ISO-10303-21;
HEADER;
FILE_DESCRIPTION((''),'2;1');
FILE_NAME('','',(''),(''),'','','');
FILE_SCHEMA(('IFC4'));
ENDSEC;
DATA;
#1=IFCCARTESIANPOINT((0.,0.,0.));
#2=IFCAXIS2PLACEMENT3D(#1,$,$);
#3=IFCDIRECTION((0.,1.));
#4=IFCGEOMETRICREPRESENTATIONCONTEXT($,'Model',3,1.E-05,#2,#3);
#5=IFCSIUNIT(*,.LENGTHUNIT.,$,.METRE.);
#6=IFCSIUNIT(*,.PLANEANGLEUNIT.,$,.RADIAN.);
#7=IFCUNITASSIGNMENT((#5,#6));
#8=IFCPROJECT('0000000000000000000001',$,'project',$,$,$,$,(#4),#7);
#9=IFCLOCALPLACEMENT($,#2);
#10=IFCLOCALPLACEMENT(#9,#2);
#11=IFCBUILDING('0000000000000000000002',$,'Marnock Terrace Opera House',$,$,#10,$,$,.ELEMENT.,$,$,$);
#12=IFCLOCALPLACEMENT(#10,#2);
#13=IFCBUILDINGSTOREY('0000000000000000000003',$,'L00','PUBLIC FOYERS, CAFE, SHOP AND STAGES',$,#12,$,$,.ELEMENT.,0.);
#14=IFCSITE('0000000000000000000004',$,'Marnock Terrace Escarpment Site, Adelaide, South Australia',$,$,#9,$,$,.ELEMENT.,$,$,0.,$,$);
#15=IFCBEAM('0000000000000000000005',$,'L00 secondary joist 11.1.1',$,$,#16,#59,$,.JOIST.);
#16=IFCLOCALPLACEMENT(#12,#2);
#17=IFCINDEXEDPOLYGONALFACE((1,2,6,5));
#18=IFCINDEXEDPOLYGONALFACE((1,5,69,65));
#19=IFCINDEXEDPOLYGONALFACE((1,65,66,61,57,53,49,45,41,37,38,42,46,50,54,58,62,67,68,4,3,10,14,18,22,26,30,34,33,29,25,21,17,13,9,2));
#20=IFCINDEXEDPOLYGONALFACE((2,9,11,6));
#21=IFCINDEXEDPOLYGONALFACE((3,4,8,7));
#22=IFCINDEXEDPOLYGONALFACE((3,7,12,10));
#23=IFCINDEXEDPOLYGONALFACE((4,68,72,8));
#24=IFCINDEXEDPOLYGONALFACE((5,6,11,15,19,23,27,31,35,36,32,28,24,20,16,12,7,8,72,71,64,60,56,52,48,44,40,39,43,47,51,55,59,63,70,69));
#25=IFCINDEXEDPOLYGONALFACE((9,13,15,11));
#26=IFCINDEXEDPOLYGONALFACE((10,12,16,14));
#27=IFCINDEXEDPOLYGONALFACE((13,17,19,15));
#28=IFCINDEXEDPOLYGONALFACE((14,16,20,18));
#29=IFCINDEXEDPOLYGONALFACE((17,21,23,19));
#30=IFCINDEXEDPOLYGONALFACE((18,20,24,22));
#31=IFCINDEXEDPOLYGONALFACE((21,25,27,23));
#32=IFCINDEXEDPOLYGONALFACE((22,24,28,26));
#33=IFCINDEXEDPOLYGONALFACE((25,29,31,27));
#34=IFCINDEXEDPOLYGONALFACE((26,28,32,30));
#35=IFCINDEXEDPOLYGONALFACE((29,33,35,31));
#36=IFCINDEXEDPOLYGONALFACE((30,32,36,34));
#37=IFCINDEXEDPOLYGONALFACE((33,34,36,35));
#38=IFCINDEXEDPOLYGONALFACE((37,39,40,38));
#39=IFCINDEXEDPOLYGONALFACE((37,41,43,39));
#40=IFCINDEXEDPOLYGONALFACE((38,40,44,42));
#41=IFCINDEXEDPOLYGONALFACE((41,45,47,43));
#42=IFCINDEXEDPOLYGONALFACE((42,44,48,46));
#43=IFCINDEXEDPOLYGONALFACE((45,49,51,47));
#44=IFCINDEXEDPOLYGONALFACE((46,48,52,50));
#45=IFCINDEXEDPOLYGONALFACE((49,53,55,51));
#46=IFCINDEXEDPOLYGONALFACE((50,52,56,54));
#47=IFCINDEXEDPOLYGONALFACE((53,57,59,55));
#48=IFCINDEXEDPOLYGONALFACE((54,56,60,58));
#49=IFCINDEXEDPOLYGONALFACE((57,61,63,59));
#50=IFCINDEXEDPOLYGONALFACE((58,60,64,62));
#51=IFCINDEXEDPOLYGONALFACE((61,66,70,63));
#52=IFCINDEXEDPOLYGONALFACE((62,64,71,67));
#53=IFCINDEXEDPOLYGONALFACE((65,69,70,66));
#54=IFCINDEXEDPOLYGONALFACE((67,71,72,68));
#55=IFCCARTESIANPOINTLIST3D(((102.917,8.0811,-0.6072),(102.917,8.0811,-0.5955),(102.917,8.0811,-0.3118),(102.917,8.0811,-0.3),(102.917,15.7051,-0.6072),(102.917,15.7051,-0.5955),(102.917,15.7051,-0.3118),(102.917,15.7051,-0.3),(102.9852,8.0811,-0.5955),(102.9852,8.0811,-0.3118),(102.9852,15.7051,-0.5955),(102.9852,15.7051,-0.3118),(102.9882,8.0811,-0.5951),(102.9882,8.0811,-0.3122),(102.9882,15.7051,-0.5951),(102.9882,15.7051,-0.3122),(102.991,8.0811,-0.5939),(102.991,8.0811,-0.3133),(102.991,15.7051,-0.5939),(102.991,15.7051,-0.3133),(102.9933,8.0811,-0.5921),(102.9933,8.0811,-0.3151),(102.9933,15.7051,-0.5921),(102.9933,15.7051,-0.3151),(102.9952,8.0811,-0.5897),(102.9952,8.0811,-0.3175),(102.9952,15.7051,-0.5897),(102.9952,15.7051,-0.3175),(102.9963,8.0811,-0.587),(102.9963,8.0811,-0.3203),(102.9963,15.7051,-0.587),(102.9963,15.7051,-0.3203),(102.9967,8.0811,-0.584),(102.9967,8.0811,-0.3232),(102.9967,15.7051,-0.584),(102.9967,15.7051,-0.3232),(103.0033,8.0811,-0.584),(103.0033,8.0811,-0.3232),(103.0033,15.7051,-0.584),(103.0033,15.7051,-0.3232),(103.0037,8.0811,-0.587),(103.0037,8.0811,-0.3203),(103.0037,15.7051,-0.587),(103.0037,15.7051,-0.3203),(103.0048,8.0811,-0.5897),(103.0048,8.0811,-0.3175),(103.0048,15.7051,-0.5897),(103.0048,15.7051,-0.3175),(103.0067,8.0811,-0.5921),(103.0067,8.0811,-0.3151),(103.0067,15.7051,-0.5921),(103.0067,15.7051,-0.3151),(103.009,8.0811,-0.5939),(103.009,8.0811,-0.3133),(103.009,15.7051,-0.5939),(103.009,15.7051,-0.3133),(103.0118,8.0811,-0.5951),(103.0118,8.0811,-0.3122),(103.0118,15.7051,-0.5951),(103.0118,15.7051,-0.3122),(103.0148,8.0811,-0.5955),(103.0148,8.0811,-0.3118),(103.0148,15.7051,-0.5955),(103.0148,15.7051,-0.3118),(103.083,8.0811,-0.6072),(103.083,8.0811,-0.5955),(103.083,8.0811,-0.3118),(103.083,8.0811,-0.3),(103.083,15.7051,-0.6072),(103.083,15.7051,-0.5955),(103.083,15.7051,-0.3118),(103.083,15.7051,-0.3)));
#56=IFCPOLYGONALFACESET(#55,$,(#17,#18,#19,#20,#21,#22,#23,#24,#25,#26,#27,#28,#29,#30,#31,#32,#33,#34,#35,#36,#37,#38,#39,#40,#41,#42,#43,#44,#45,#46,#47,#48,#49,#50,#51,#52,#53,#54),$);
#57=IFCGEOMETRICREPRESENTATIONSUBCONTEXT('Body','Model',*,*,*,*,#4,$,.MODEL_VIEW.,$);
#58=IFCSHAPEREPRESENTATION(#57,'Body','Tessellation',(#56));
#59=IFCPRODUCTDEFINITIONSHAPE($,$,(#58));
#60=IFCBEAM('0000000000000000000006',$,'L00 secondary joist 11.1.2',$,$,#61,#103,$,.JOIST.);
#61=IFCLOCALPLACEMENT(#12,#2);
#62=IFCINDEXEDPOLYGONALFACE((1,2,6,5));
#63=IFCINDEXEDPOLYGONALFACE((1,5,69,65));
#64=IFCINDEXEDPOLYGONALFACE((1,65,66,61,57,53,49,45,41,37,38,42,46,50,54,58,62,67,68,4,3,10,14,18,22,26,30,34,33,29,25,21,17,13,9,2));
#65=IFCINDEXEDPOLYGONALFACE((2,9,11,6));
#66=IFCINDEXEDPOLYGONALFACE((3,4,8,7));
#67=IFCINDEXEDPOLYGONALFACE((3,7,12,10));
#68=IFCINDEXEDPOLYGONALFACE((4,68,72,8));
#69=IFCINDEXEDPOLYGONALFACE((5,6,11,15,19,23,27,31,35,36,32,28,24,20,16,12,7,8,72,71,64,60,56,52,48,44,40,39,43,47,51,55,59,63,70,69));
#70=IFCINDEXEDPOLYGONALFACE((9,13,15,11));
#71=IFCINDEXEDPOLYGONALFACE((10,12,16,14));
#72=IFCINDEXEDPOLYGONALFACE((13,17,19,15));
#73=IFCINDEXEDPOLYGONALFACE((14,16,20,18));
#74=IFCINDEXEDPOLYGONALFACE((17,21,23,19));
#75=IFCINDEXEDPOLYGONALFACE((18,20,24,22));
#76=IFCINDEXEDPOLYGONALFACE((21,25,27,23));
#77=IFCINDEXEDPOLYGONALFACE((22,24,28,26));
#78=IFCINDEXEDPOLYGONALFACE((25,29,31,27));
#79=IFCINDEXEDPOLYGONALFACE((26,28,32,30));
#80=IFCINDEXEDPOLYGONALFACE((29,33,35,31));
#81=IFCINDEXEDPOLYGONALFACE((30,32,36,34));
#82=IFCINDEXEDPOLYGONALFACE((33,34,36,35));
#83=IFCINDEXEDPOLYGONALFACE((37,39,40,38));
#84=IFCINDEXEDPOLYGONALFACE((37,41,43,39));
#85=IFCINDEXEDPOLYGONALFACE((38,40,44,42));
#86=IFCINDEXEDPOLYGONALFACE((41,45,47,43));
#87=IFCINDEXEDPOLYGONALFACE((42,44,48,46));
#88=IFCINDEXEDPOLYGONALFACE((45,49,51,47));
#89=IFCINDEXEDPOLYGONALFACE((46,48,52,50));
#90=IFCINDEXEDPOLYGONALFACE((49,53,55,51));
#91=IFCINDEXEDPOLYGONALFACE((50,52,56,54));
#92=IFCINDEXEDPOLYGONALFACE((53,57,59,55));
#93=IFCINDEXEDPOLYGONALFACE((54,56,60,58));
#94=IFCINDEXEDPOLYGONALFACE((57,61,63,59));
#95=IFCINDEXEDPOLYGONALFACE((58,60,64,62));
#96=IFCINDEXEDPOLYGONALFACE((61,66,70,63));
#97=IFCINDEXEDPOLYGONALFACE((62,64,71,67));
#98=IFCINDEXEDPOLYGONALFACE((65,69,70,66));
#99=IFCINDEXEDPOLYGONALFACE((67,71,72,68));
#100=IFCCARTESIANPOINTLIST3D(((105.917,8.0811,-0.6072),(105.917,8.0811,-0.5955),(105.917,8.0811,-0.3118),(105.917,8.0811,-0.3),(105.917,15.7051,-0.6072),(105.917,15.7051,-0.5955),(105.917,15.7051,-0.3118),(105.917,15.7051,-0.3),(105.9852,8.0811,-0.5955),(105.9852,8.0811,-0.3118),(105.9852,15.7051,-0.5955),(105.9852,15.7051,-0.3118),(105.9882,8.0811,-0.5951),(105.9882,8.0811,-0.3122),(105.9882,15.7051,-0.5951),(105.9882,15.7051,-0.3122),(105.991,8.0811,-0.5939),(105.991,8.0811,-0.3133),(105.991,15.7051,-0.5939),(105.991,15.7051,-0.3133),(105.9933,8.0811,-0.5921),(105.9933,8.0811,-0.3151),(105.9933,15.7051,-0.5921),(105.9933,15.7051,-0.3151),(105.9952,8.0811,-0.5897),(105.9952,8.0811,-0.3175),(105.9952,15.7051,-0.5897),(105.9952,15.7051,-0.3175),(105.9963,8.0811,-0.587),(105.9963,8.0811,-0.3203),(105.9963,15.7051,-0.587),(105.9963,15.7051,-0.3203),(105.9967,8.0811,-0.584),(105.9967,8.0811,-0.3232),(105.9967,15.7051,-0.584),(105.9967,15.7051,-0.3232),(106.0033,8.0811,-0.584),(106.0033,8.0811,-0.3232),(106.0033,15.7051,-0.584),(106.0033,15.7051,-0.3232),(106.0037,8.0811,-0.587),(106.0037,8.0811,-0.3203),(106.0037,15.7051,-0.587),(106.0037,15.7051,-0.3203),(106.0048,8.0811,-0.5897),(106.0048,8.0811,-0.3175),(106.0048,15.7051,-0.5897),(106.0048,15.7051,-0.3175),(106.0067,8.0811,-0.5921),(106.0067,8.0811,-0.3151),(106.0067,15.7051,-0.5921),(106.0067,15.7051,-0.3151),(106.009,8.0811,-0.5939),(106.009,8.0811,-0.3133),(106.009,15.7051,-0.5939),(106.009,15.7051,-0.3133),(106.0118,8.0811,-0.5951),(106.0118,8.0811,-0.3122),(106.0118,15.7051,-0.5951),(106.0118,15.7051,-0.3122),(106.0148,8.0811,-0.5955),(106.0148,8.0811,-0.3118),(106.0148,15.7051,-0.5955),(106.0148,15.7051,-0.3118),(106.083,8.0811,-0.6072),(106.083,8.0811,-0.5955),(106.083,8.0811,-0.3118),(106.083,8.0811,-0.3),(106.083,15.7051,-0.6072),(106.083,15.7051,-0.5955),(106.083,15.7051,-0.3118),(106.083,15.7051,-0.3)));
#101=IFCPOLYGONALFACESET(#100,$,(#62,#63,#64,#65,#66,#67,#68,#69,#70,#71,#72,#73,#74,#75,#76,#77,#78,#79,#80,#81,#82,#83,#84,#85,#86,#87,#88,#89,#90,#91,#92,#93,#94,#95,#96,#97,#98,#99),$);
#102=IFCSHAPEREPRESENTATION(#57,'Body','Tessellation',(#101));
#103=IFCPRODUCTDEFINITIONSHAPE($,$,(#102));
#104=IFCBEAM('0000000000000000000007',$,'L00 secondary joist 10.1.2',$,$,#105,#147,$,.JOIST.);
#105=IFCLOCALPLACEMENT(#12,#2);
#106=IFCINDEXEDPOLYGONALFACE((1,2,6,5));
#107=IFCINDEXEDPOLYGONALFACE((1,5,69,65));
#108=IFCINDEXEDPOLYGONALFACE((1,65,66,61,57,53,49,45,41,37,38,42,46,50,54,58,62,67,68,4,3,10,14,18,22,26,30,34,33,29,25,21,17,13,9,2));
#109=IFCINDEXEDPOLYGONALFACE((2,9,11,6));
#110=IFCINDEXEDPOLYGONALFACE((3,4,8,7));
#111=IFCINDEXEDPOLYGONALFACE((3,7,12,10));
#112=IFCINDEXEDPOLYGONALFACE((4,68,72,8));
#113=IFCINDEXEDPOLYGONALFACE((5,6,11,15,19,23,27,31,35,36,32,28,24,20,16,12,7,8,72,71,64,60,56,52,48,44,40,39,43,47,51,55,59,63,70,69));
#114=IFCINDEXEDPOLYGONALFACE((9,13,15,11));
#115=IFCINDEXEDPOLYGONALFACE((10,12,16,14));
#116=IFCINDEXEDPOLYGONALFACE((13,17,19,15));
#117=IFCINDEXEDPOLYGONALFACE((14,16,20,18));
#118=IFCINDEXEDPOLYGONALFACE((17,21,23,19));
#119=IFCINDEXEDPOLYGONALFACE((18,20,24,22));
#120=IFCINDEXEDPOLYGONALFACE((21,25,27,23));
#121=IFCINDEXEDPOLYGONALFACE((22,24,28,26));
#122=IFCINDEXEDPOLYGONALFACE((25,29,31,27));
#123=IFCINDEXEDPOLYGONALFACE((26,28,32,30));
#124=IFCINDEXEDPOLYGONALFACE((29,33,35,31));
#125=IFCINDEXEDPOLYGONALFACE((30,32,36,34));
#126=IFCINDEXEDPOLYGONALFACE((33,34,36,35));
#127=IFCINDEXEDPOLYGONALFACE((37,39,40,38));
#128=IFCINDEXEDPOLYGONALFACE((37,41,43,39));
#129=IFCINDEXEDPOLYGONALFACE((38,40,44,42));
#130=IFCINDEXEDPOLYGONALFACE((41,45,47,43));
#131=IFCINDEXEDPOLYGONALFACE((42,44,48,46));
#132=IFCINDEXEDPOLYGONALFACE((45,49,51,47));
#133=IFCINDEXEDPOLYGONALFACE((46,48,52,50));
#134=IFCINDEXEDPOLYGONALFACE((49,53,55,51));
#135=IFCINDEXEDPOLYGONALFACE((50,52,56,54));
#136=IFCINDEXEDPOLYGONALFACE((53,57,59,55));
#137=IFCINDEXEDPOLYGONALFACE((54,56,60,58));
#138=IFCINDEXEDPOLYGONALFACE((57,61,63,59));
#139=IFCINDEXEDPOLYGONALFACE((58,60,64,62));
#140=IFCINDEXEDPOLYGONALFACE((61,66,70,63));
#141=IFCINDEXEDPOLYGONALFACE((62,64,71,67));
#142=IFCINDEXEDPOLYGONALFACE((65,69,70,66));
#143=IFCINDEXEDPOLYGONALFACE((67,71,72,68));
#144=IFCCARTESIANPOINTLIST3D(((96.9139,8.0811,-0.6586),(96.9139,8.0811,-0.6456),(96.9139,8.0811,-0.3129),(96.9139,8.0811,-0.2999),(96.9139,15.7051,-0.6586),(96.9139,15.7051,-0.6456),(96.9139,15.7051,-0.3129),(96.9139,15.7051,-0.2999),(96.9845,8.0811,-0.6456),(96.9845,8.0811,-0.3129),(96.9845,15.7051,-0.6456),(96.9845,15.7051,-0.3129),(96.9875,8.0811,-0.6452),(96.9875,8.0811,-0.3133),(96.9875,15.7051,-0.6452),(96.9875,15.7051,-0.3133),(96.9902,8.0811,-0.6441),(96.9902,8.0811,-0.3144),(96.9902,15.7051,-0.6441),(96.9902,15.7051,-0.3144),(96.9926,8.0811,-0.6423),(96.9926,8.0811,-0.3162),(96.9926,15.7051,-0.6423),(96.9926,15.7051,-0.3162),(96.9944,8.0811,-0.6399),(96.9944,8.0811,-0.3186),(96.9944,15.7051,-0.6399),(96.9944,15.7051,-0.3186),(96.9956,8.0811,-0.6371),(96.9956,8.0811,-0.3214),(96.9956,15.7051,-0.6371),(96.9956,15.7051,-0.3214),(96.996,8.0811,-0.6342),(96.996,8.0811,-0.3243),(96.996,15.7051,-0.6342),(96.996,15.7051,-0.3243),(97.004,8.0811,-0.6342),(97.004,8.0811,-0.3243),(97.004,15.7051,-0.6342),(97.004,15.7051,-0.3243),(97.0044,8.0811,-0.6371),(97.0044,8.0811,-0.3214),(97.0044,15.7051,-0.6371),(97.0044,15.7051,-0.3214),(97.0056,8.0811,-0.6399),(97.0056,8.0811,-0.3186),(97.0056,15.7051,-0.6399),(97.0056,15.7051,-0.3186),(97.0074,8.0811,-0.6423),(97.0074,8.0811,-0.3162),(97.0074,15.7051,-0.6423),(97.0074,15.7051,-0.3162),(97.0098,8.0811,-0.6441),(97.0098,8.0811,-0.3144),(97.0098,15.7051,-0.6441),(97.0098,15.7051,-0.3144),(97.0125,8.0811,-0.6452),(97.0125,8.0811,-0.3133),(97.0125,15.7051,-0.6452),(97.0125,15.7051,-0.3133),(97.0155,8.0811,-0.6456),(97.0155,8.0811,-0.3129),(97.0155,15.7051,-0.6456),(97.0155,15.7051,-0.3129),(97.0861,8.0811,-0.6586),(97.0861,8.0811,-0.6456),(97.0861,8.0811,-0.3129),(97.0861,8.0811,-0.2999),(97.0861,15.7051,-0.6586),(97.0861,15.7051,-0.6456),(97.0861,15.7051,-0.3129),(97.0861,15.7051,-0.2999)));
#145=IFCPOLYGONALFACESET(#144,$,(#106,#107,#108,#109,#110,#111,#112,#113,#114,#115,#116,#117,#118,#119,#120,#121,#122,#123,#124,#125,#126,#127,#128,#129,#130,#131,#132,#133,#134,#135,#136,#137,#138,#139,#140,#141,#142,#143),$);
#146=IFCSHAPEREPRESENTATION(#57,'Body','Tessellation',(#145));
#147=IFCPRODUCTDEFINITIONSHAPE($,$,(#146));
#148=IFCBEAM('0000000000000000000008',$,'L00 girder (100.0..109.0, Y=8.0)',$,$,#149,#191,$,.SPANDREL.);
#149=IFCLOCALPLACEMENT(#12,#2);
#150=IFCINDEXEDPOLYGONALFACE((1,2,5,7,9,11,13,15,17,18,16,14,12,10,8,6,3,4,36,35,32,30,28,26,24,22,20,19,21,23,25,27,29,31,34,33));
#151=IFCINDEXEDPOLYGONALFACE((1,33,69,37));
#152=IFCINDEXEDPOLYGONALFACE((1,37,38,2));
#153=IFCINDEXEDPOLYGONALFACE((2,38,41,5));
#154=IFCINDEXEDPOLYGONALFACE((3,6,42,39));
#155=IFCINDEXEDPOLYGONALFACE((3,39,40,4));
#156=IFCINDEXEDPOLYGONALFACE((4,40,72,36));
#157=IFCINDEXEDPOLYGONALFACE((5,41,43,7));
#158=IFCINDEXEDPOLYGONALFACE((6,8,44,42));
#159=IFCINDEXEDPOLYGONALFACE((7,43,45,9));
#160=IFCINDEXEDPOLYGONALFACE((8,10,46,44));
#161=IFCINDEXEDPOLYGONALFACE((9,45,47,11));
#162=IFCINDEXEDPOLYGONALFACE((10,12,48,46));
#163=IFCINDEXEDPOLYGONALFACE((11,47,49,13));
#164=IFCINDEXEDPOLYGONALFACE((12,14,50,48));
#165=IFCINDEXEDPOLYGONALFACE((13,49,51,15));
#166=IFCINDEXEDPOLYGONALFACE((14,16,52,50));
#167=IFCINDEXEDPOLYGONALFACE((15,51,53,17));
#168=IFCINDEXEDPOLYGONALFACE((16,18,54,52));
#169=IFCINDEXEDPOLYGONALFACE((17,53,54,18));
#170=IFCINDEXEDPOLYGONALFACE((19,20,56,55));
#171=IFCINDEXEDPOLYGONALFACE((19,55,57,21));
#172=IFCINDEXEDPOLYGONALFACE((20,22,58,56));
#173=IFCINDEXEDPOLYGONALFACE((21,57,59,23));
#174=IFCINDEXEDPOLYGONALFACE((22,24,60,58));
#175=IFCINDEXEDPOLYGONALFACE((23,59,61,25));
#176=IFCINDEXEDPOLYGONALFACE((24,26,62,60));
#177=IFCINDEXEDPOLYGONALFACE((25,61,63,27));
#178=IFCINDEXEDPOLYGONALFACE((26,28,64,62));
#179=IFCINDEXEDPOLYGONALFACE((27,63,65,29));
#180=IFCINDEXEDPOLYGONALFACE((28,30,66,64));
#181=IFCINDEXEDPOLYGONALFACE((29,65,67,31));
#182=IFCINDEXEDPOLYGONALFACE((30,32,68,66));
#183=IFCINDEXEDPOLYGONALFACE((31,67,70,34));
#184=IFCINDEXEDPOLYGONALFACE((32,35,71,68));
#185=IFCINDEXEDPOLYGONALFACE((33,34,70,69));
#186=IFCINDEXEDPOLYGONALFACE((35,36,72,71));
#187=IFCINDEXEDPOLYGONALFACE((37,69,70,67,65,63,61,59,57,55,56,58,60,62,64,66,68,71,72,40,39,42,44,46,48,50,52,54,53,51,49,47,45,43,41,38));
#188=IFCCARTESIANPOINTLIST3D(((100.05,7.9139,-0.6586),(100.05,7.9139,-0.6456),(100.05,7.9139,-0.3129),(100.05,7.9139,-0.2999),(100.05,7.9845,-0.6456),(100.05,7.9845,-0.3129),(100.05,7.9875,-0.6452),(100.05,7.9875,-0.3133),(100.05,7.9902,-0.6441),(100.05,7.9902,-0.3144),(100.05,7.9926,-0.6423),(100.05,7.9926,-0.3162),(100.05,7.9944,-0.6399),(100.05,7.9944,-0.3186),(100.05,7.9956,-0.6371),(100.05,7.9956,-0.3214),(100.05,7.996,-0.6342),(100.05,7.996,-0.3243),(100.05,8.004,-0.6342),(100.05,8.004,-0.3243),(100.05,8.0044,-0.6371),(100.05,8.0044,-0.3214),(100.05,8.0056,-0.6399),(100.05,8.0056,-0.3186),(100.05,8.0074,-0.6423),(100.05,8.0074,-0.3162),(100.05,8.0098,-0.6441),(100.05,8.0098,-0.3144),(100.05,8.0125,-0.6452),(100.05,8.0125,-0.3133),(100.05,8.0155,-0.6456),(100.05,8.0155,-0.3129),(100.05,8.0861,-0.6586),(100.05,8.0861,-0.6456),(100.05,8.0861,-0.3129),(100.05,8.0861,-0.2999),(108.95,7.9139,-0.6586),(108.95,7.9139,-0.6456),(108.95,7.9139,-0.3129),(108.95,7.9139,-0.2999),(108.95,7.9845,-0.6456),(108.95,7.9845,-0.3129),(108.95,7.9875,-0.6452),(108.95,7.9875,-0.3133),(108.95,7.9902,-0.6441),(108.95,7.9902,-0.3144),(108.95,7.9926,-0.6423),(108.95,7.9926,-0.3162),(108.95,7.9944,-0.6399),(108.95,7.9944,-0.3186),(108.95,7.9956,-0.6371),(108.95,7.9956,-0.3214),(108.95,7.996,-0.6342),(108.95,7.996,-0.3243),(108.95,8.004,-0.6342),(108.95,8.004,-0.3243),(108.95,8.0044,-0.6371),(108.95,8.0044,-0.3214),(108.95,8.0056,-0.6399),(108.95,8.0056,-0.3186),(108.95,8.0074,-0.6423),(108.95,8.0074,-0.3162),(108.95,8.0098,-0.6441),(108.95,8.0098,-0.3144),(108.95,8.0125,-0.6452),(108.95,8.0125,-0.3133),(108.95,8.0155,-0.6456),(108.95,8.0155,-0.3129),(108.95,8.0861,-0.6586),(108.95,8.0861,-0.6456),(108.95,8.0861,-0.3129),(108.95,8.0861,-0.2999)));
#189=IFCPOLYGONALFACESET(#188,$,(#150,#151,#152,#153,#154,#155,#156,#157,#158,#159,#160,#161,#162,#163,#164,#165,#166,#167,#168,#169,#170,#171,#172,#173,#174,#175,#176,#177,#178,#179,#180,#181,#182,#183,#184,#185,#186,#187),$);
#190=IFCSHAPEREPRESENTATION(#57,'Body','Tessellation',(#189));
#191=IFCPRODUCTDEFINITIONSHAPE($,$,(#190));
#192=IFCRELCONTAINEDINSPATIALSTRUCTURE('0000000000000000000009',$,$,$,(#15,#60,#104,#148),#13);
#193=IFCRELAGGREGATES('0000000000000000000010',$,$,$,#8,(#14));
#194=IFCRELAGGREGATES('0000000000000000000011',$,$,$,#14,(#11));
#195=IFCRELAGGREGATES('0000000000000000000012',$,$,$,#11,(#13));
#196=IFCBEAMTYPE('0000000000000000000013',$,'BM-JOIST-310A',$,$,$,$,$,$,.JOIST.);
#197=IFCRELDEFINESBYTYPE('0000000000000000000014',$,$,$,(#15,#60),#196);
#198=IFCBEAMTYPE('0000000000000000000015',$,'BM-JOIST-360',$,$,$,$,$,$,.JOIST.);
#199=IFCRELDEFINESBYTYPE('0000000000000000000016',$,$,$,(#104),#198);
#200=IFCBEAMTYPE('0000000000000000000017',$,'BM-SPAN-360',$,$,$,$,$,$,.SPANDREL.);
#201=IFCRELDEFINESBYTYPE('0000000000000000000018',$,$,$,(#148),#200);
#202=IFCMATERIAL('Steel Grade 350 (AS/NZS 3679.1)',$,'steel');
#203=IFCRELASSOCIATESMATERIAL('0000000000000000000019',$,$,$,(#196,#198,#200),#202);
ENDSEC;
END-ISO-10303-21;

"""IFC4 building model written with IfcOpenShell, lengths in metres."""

from ifc_helpers import new_model, si_unit, direction, frame, origin, origin_2d, place, context, subcontext, project, spatial, i_section, extrude, material, material_profile, profile_set, type_object, element, save


model = new_model("IFC4")

# Units and contexts
model_context = context("Model", 3, precision=1e-05, world=origin(), true_north=direction((0.0, 1.0)))
body_context = subcontext(model_context, "Body", "Model", "MODEL_VIEW")
ifc_project = project(units=[si_unit("LENGTHUNIT", "METRE"), si_unit("PLANEANGLEUNIT", "RADIAN")], contexts=[model_context])

# Site, building, storey
site_placement = place(None, origin())
site = spatial("IfcSite", under=ifc_project, at=site_placement, Name="Marnock Terrace Escarpment Site, Adelaide, South Australia", CompositionType="ELEMENT", RefElevation=0.0)
building_placement = place(site_placement, origin())
building = spatial("IfcBuilding", under=site, at=building_placement, Name="Marnock Terrace Opera House", CompositionType="ELEMENT")
storey_placement = place(building_placement, origin())
storey = spatial("IfcBuildingStorey", under=building, at=storey_placement, Name="L00", Description="PUBLIC FOYERS, CAFE, SHOP AND STAGES", CompositionType="ELEMENT", Elevation=0.0)

# Beams
ifc_material_1 = material(Name="Steel Grade 350 (AS/NZS 3679.1)", Category="steel")
ifc_material_profile_1 = material_profile(ifc_material_1, i_section(OverallWidth=0.166, OverallDepth=0.3071, WebThickness=0.0066, FlangeThickness=0.0117, FilletRadius=0.0115, at=origin_2d()))
ifc_profile_set_1 = profile_set([ifc_material_profile_1], Name="Steel Grade 350 (AS/NZS 3679.1)")
beam_type_1 = type_object("IfcBeamType", Name="BM-JOIST-310A", PredefinedType="JOIST", material=ifc_profile_set_1)
for number, where, z_axis, x_axis, name in (
    (1, (103.0, 8.0811, -0.4536), (0.0, 1.0, 0.0), (-1.0, 0.0, 0.0), "L00 secondary joist 11.1.1"),
    (2, (106.0, 8.0811, -0.4536), (0.0, 1.0, 0.0), (-1.0, 0.0, 0.0), "L00 secondary joist 11.1.2"),
):
    element("IfcBeam", number, at=place(storey_placement, frame(where, z_axis=z_axis, x_axis=x_axis)), inside=storey, type_object=beam_type_1, Name=name, PredefinedType="JOIST", context=body_context, shape_type="SweptSolid", body=[
        extrude(i_section(OverallWidth=0.166, OverallDepth=0.3071, WebThickness=0.0066, FlangeThickness=0.0117, FilletRadius=0.0115, at=origin_2d()), origin(), (0.0, 0.0, 1.0), 7.624),
    ])
ifc_material_profile_2 = material_profile(ifc_material_1, i_section(OverallWidth=0.1721, OverallDepth=0.3586, WebThickness=0.0081, FlangeThickness=0.0129, FilletRadius=0.0115, at=origin_2d()))
ifc_profile_set_2 = profile_set([ifc_material_profile_2], Name="Steel Grade 350 (AS/NZS 3679.1)")
beam_type_2 = type_object("IfcBeamType", Name="BM-JOIST-360", PredefinedType="JOIST", material=ifc_profile_set_2)
beam_1_placement = place(storey_placement, frame((97.0, 8.0811, -0.4792), z_axis=(0.0, 1.0, 0.0), x_axis=(-1.0, 0.0, 0.0)))
element("IfcBeam", 3, at=beam_1_placement, inside=storey, type_object=beam_type_2, Name="L00 secondary joist 10.1.2", PredefinedType="JOIST", context=body_context, shape_type="SweptSolid", body=[
    extrude(i_section(OverallWidth=0.1721, OverallDepth=0.3586, WebThickness=0.0081, FlangeThickness=0.0129, FilletRadius=0.0115, at=origin_2d()), origin(), (0.0, 0.0, 1.0), 7.624),
])
ifc_material_profile_3 = material_profile(ifc_material_1, i_section(OverallWidth=0.1721, OverallDepth=0.3586, WebThickness=0.0081, FlangeThickness=0.0129, FilletRadius=0.0115, at=origin_2d()))
ifc_profile_set_3 = profile_set([ifc_material_profile_3], Name="Steel Grade 350 (AS/NZS 3679.1)")
beam_type_3 = type_object("IfcBeamType", Name="BM-SPAN-360", PredefinedType="SPANDREL", material=ifc_profile_set_3)
beam_2_placement = place(storey_placement, frame((100.05, 8.0, -0.4792), z_axis=(1.0, 0.0, 0.0), x_axis=(0.0, 1.0, 0.0)))
element("IfcBeam", 4, at=beam_2_placement, inside=storey, type_object=beam_type_3, Name="L00 girder (100.0..109.0, Y=8.0)", PredefinedType="SPANDREL", context=body_context, shape_type="SweptSolid", body=[
    extrude(i_section(OverallWidth=0.1721, OverallDepth=0.3586, WebThickness=0.0081, FlangeThickness=0.0129, FilletRadius=0.0115, at=origin_2d()), origin(), (0.0, 0.0, 1.0), 8.8999),
])

save(model, "model.ifc")
